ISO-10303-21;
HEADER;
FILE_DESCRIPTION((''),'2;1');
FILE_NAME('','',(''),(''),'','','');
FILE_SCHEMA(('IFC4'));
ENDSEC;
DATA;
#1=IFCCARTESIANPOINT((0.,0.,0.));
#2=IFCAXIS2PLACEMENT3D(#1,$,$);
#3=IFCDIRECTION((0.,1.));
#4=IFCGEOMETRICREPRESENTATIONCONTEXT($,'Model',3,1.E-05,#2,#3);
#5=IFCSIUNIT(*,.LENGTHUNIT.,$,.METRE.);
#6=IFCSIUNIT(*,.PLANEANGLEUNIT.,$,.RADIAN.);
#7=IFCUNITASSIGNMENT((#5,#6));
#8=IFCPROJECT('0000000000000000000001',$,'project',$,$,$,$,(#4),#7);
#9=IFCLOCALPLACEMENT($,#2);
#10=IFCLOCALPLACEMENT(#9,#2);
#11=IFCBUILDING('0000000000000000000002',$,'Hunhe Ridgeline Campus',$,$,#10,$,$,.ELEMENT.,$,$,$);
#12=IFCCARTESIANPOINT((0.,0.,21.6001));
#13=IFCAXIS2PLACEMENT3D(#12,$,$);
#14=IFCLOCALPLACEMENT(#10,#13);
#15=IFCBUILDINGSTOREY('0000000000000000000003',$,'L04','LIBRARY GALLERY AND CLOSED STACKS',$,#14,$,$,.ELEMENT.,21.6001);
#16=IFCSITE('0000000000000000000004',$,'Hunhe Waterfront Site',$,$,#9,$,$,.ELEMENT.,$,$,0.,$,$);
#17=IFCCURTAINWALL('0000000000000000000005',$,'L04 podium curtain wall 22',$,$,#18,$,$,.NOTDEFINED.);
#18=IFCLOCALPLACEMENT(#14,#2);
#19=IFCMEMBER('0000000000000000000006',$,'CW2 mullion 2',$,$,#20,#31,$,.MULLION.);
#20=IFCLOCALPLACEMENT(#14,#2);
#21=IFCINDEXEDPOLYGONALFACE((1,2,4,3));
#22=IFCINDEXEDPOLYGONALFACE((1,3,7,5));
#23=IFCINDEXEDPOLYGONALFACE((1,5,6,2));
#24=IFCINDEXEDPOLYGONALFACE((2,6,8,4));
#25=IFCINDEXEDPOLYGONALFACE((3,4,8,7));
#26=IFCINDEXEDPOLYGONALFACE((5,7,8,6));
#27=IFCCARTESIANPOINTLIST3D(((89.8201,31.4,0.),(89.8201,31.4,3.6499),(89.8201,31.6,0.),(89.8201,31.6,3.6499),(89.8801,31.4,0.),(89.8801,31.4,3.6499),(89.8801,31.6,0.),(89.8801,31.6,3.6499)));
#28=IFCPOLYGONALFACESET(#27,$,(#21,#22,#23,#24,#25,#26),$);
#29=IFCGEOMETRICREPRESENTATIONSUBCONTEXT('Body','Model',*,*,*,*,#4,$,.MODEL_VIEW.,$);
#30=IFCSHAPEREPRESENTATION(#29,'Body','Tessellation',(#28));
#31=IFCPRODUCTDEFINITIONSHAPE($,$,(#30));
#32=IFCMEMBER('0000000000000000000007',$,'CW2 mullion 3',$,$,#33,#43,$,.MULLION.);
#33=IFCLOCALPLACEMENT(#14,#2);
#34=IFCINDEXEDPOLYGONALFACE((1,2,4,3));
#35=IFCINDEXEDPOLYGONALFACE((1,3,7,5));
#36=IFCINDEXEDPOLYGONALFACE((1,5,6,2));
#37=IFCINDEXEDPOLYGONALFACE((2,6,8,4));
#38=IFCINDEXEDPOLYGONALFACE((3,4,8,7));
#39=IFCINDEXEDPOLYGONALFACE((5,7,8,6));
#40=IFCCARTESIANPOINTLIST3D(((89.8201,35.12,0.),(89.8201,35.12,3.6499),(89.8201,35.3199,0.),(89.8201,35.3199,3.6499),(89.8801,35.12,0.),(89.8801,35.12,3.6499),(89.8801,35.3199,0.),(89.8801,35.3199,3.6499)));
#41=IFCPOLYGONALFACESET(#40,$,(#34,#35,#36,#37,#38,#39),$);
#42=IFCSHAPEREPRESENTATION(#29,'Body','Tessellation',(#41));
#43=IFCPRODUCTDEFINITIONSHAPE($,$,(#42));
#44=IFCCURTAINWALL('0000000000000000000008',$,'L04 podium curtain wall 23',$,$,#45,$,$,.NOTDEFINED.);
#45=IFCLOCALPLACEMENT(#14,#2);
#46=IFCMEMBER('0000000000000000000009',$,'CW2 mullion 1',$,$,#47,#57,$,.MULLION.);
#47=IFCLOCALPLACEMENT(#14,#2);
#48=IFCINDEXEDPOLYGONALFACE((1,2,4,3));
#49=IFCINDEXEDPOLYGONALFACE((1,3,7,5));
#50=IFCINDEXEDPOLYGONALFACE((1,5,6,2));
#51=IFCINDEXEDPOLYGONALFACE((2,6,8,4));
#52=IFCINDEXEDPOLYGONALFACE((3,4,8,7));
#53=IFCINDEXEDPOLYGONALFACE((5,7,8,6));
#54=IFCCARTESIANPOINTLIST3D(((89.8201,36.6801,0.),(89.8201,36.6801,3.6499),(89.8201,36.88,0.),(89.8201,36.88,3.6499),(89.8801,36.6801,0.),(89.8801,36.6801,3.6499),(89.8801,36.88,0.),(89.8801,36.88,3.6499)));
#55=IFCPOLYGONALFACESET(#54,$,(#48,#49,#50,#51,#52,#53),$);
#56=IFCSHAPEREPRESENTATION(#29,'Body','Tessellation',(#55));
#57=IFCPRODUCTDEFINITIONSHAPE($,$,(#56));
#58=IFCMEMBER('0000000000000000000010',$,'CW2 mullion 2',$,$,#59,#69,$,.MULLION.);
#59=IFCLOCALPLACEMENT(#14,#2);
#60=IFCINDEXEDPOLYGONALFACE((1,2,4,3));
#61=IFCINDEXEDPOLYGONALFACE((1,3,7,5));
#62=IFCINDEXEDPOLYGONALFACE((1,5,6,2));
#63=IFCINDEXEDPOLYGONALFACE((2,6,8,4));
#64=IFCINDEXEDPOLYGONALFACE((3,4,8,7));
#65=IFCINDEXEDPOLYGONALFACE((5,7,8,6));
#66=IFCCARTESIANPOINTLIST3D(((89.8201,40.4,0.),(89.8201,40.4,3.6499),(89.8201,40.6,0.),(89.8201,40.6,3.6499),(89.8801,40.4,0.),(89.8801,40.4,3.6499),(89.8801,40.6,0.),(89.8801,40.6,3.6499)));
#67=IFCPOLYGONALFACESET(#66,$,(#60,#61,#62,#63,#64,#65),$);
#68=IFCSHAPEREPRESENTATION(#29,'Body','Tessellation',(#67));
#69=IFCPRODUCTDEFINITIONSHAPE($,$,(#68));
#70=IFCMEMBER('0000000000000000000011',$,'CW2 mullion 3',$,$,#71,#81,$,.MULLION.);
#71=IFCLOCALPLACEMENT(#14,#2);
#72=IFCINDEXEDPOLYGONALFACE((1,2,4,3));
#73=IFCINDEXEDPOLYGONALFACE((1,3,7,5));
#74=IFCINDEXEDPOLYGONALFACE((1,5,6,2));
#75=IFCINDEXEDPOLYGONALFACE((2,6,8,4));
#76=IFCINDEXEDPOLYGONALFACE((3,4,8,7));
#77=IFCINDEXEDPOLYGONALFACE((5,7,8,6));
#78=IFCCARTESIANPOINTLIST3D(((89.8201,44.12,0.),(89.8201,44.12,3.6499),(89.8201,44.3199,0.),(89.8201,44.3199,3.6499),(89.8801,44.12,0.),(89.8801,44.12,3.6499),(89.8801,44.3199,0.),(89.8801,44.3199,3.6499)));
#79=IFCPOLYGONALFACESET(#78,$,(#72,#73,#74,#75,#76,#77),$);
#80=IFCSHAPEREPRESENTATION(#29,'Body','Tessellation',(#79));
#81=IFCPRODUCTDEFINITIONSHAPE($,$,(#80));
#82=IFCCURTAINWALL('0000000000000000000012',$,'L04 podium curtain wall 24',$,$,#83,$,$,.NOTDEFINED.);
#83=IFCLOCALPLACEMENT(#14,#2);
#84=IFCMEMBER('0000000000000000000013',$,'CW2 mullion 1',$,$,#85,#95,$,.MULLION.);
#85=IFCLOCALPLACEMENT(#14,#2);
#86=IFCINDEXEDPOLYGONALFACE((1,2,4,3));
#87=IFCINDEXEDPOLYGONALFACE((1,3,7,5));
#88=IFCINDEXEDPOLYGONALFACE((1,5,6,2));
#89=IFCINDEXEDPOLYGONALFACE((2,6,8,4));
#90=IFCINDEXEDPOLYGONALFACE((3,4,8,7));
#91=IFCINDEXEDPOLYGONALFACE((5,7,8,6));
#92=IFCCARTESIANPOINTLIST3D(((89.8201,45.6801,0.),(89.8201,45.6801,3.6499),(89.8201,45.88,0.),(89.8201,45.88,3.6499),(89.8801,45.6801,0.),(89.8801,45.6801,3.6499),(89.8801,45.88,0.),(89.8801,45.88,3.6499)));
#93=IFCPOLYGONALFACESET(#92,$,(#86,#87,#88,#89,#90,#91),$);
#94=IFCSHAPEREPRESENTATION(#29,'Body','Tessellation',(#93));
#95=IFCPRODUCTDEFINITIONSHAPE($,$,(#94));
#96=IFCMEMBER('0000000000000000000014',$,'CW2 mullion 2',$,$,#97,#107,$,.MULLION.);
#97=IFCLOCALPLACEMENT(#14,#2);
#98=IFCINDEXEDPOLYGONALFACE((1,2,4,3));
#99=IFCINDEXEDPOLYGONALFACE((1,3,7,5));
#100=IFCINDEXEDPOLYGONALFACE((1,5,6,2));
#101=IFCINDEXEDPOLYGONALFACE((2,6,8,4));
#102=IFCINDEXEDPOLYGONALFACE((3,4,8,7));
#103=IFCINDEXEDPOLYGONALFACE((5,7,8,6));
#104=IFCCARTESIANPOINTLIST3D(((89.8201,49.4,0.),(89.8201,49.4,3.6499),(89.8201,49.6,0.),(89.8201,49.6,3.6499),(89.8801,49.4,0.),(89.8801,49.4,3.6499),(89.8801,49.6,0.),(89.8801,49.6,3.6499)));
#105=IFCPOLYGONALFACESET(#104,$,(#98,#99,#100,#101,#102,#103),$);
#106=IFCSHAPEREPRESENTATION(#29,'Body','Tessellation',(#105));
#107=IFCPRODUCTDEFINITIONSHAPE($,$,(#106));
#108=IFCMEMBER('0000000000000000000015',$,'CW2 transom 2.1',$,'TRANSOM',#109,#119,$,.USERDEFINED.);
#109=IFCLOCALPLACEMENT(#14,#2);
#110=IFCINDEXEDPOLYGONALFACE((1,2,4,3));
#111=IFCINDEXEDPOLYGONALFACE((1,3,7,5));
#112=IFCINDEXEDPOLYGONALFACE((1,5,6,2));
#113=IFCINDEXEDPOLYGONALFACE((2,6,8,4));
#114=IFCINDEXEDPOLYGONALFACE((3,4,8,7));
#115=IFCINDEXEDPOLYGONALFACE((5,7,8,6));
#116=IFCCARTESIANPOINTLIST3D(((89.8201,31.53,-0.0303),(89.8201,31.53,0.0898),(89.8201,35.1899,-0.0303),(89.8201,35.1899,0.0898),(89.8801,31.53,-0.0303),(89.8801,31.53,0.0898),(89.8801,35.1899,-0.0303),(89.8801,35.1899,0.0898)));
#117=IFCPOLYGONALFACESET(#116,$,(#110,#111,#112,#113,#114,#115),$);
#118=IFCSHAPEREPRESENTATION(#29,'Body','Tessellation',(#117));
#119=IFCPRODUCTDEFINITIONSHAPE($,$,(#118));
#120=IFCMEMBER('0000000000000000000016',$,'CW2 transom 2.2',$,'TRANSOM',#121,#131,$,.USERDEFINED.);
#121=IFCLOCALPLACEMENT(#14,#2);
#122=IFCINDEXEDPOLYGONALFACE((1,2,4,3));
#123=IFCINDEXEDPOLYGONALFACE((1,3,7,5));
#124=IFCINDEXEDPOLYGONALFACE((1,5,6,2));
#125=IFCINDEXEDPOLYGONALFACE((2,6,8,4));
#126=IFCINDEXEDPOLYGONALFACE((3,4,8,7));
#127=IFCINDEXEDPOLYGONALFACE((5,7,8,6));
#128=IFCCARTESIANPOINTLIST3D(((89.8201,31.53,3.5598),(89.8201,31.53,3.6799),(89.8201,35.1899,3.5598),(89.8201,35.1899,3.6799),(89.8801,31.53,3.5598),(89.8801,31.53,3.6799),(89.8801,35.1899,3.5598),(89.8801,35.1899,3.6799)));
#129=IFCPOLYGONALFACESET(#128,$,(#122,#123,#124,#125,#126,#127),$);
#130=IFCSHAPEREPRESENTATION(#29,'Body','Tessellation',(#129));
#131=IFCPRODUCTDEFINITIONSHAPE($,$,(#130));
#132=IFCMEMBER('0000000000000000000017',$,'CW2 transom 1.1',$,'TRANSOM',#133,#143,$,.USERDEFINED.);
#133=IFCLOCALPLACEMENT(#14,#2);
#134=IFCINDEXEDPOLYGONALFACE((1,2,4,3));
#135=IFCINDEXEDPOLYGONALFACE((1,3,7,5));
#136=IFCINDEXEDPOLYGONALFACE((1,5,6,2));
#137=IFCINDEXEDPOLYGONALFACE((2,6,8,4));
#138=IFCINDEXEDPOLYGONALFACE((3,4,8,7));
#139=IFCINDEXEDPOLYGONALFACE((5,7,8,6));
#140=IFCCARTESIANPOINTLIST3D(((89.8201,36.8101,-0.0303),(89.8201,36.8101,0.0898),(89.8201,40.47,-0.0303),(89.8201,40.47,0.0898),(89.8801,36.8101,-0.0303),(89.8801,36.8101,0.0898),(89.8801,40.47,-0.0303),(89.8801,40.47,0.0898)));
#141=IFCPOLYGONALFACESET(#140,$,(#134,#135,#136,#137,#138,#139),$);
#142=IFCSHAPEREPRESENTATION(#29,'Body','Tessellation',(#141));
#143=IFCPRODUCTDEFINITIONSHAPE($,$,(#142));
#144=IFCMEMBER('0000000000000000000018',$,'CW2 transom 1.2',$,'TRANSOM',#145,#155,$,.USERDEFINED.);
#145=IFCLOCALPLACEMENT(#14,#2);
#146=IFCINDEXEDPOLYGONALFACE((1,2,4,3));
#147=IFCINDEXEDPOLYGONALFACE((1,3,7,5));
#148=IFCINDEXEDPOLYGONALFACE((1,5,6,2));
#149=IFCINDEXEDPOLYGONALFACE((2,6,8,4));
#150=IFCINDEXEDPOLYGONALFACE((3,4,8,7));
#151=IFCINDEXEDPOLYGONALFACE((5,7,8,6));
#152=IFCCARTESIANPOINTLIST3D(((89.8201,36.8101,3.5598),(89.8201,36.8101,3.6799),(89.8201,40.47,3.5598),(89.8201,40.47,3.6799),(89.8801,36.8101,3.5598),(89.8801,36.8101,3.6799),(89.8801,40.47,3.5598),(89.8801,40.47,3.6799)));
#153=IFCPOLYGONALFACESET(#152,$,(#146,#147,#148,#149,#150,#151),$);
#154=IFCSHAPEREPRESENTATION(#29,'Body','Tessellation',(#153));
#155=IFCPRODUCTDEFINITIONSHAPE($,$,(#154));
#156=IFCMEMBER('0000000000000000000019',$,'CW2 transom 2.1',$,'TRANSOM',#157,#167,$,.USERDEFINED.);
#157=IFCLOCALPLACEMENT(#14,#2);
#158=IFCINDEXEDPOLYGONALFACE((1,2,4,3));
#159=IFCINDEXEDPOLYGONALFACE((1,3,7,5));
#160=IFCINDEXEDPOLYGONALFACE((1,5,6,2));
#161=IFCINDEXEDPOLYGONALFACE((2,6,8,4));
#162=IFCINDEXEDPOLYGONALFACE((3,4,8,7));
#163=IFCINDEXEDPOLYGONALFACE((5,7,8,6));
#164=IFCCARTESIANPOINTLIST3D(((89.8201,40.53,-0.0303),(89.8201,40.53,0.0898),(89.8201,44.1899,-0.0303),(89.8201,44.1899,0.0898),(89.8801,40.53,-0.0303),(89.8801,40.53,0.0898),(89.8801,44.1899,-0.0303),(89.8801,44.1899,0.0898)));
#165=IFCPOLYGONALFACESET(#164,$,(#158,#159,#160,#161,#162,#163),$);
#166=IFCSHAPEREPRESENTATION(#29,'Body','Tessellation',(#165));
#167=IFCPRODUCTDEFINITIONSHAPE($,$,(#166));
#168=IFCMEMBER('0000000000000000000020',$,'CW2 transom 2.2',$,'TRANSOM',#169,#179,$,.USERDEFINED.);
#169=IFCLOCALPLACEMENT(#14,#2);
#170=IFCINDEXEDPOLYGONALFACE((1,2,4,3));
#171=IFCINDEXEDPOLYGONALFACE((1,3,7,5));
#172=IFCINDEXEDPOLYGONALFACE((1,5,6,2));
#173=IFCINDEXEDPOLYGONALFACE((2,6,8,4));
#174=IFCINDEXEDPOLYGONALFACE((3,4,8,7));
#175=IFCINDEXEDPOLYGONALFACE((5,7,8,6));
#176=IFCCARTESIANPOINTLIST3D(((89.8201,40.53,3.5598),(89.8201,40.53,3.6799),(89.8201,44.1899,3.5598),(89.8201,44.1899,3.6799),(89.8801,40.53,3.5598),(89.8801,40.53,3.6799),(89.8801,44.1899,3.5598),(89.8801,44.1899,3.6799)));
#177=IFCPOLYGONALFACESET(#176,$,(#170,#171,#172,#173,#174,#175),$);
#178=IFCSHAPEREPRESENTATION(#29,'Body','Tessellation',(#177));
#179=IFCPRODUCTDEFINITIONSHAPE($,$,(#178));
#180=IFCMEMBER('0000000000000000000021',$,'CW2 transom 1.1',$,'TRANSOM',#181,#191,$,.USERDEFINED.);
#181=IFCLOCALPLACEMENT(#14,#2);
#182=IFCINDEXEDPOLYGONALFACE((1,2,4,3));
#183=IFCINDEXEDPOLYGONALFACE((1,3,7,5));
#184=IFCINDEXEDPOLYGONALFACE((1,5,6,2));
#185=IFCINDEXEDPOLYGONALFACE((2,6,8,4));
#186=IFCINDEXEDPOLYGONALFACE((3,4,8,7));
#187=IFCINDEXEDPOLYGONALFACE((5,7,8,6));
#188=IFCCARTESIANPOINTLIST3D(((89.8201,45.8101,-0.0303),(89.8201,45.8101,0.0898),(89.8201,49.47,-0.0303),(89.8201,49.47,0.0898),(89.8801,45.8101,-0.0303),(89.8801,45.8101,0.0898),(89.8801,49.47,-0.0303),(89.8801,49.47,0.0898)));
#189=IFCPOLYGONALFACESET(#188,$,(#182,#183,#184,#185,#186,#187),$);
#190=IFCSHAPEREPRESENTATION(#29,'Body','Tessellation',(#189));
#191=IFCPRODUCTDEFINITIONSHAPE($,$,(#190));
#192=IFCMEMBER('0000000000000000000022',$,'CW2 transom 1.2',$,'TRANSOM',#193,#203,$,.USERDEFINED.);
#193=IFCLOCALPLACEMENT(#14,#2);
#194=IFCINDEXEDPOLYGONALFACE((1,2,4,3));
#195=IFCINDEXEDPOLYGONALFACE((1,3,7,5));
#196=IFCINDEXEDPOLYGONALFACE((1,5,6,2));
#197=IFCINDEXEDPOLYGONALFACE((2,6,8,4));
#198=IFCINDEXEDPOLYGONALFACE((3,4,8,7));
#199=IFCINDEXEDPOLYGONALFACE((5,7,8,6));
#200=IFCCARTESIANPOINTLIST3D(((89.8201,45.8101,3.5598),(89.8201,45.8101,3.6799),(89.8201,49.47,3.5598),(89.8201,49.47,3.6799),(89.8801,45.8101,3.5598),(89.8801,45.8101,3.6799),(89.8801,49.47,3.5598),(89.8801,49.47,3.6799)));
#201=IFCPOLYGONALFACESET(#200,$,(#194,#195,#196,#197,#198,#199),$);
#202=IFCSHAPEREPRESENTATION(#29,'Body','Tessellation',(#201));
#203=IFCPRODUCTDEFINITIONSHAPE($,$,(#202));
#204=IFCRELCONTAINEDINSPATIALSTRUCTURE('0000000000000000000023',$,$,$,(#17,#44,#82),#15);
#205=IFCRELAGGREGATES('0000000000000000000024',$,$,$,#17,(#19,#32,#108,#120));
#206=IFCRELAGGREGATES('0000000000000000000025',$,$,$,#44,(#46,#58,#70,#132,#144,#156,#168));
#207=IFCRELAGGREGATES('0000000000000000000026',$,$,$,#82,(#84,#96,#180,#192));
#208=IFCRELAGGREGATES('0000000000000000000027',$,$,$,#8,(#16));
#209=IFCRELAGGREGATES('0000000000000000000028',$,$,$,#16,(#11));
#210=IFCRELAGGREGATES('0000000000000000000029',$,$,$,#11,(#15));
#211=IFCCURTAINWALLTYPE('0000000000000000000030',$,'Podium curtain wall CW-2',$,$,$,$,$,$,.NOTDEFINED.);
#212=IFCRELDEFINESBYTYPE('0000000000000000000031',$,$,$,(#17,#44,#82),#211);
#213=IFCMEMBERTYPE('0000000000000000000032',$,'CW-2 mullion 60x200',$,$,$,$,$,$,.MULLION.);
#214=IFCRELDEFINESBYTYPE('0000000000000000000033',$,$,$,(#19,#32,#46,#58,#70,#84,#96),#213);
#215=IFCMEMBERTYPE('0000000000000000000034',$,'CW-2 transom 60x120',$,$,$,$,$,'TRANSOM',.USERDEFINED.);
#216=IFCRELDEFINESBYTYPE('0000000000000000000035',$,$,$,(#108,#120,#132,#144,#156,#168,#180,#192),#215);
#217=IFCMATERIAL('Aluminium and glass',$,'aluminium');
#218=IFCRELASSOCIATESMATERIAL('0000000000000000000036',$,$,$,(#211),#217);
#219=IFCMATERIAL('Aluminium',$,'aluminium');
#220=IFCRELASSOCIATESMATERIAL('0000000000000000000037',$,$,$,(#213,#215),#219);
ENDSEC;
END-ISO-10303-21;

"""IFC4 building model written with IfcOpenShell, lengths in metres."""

from ifc_helpers import new_model, si_unit, direction, frame, origin, origin_2d, place, context, subcontext, project, spatial, rectangle, extrude, material, material_profile, profile_set, type_object, element, aggregate, save


model = new_model("IFC4")

# Units and contexts
model_context = context("Model", 3, precision=1e-05, world=origin(), true_north=direction((0.0, 1.0)))
body_context = subcontext(model_context, "Body", "Model", "MODEL_VIEW")
ifc_project = project(units=[si_unit("LENGTHUNIT", "METRE"), si_unit("PLANEANGLEUNIT", "RADIAN")], contexts=[model_context])

# Site, building, storey
site_placement = place(None, origin())
site = spatial("IfcSite", under=ifc_project, at=site_placement, Name="Hunhe Waterfront Site", CompositionType="ELEMENT", RefElevation=0.0)
building_placement = place(site_placement, origin())
building = spatial("IfcBuilding", under=site, at=building_placement, Name="Hunhe Ridgeline Campus", CompositionType="ELEMENT")
storey_placement = place(building_placement, frame((0.0, 0.0, 21.6001)))
storey = spatial("IfcBuildingStorey", under=building, at=storey_placement, Name="L04", Description="LIBRARY GALLERY AND CLOSED STACKS", CompositionType="ELEMENT", Elevation=21.6001)

# Curtain walls, members
ifc_material_1 = material(Name="Aluminium and glass", Category="aluminium")
curtain_wall_type = type_object("IfcCurtainWallType", Name="Podium curtain wall CW-2", PredefinedType="NOTDEFINED", material=ifc_material_1)
curtain_wall_1_placement = place(storey_placement, origin())
curtain_wall_1 = element("IfcCurtainWall", 1, at=curtain_wall_1_placement, inside=storey, type_object=curtain_wall_type, Name="L04 podium curtain wall 22", PredefinedType="NOTDEFINED")
ifc_material_2 = material(Name="Aluminium", Category="aluminium")
ifc_material_profile_1 = material_profile(ifc_material_2, rectangle(XDim=0.0601, YDim=0.2, at=origin_2d()))
ifc_profile_set_1 = profile_set([ifc_material_profile_1], Name="Aluminium")
member_type_1 = type_object("IfcMemberType", Name="CW-2 mullion 60x200", PredefinedType="MULLION", material=ifc_profile_set_1)
member_1_placement = place(storey_placement, frame((89.8501, 31.5, 0.0), z_axis=(0.0, 0.0, 1.0), x_axis=(-1.0, 0.0, 0.0)))
member_1 = element("IfcMember", 2, at=member_1_placement, type_object=member_type_1, Name="CW2 mullion 2", PredefinedType="MULLION", context=body_context, shape_type="SweptSolid", body=[
    extrude(rectangle(XDim=0.0601, YDim=0.2, at=origin_2d()), origin(), (0.0, 0.0, 1.0), 3.6499),
])
member_2_placement = place(storey_placement, frame((89.8501, 35.22, 0.0), z_axis=(0.0, 0.0, 1.0), x_axis=(-1.0, 0.0, 0.0)))
member_2 = element("IfcMember", 3, at=member_2_placement, type_object=member_type_1, Name="CW2 mullion 3", PredefinedType="MULLION", context=body_context, shape_type="SweptSolid", body=[
    extrude(rectangle(XDim=0.0601, YDim=0.2, at=origin_2d()), origin(), (0.0, 0.0, 1.0), 3.6499),
])
curtain_wall_2_placement = place(storey_placement, origin())
curtain_wall_2 = element("IfcCurtainWall", 4, at=curtain_wall_2_placement, inside=storey, type_object=curtain_wall_type, Name="L04 podium curtain wall 23", PredefinedType="NOTDEFINED")
member_3_placement = place(storey_placement, frame((89.8501, 36.78, 0.0), z_axis=(0.0, 0.0, 1.0), x_axis=(-1.0, 0.0, 0.0)))
member_3 = element("IfcMember", 5, at=member_3_placement, type_object=member_type_1, Name="CW2 mullion 1", PredefinedType="MULLION", context=body_context, shape_type="SweptSolid", body=[
    extrude(rectangle(XDim=0.0601, YDim=0.2, at=origin_2d()), origin(), (0.0, 0.0, 1.0), 3.6499),
])
member_4_placement = place(storey_placement, frame((89.8501, 40.5, 0.0), z_axis=(0.0, 0.0, 1.0), x_axis=(-1.0, 0.0, 0.0)))
member_4 = element("IfcMember", 6, at=member_4_placement, type_object=member_type_1, Name="CW2 mullion 2", PredefinedType="MULLION", context=body_context, shape_type="SweptSolid", body=[
    extrude(rectangle(XDim=0.0601, YDim=0.2, at=origin_2d()), origin(), (0.0, 0.0, 1.0), 3.6499),
])
member_5_placement = place(storey_placement, frame((89.8501, 44.22, 0.0), z_axis=(0.0, 0.0, 1.0), x_axis=(-1.0, 0.0, 0.0)))
member_5 = element("IfcMember", 7, at=member_5_placement, type_object=member_type_1, Name="CW2 mullion 3", PredefinedType="MULLION", context=body_context, shape_type="SweptSolid", body=[
    extrude(rectangle(XDim=0.0601, YDim=0.2, at=origin_2d()), origin(), (0.0, 0.0, 1.0), 3.6499),
])
curtain_wall_3_placement = place(storey_placement, origin())
curtain_wall_3 = element("IfcCurtainWall", 8, at=curtain_wall_3_placement, inside=storey, type_object=curtain_wall_type, Name="L04 podium curtain wall 24", PredefinedType="NOTDEFINED")
member_6_placement = place(storey_placement, frame((89.8501, 45.78, 0.0), z_axis=(0.0, 0.0, 1.0), x_axis=(-1.0, 0.0, 0.0)))
member_6 = element("IfcMember", 9, at=member_6_placement, type_object=member_type_1, Name="CW2 mullion 1", PredefinedType="MULLION", context=body_context, shape_type="SweptSolid", body=[
    extrude(rectangle(XDim=0.0601, YDim=0.2, at=origin_2d()), origin(), (0.0, 0.0, 1.0), 3.6499),
])
member_7_placement = place(storey_placement, frame((89.8501, 49.5, 0.0), z_axis=(0.0, 0.0, 1.0), x_axis=(-1.0, 0.0, 0.0)))
member_7 = element("IfcMember", 10, at=member_7_placement, type_object=member_type_1, Name="CW2 mullion 2", PredefinedType="MULLION", context=body_context, shape_type="SweptSolid", body=[
    extrude(rectangle(XDim=0.0601, YDim=0.2, at=origin_2d()), origin(), (0.0, 0.0, 1.0), 3.6499),
])

# Members
ifc_material_profile_2 = material_profile(ifc_material_2, rectangle(XDim=0.0601, YDim=0.1201, at=origin_2d()))
ifc_profile_set_2 = profile_set([ifc_material_profile_2], Name="Aluminium")
member_type_2 = type_object("IfcMemberType", Name="CW-2 transom 60x120", ElementType="TRANSOM", PredefinedType="USERDEFINED", material=ifc_profile_set_2)
member_8_placement = place(storey_placement, frame((89.8501, 31.53, 0.0298), z_axis=(0.0, 1.0, 0.0), x_axis=(-1.0, 0.0, 0.0)))
member_8 = element("IfcMember", 11, at=member_8_placement, type_object=member_type_2, Name="CW2 transom 2.1", ObjectType="TRANSOM", PredefinedType="USERDEFINED", context=body_context, shape_type="SweptSolid", body=[
    extrude(rectangle(XDim=0.0601, YDim=0.1201, at=origin_2d()), origin(), (0.0, 0.0, 1.0), 3.6599),
])
member_9_placement = place(storey_placement, frame((89.8501, 31.53, 3.6199), z_axis=(0.0, 1.0, 0.0), x_axis=(-1.0, 0.0, 0.0)))
member_9 = element("IfcMember", 12, at=member_9_placement, type_object=member_type_2, Name="CW2 transom 2.2", ObjectType="TRANSOM", PredefinedType="USERDEFINED", context=body_context, shape_type="SweptSolid", body=[
    extrude(rectangle(XDim=0.0601, YDim=0.1201, at=origin_2d()), origin(), (0.0, 0.0, 1.0), 3.6599),
])
member_10_placement = place(storey_placement, frame((89.8501, 36.8101, 0.0298), z_axis=(0.0, 1.0, 0.0), x_axis=(-1.0, 0.0, 0.0)))
member_10 = element("IfcMember", 13, at=member_10_placement, type_object=member_type_2, Name="CW2 transom 1.1", ObjectType="TRANSOM", PredefinedType="USERDEFINED", context=body_context, shape_type="SweptSolid", body=[
    extrude(rectangle(XDim=0.0601, YDim=0.1201, at=origin_2d()), origin(), (0.0, 0.0, 1.0), 3.6599),
])
member_11_placement = place(storey_placement, frame((89.8501, 36.8101, 3.6199), z_axis=(0.0, 1.0, 0.0), x_axis=(-1.0, 0.0, 0.0)))
member_11 = element("IfcMember", 14, at=member_11_placement, type_object=member_type_2, Name="CW2 transom 1.2", ObjectType="TRANSOM", PredefinedType="USERDEFINED", context=body_context, shape_type="SweptSolid", body=[
    extrude(rectangle(XDim=0.0601, YDim=0.1201, at=origin_2d()), origin(), (0.0, 0.0, 1.0), 3.6599),
])
member_12_placement = place(storey_placement, frame((89.8501, 40.53, 0.0298), z_axis=(0.0, 1.0, 0.0), x_axis=(-1.0, 0.0, 0.0)))
member_12 = element("IfcMember", 15, at=member_12_placement, type_object=member_type_2, Name="CW2 transom 2.1", ObjectType="TRANSOM", PredefinedType="USERDEFINED", context=body_context, shape_type="SweptSolid", body=[
    extrude(rectangle(XDim=0.0601, YDim=0.1201, at=origin_2d()), origin(), (0.0, 0.0, 1.0), 3.6599),
])
member_13_placement = place(storey_placement, frame((89.8501, 40.53, 3.6199), z_axis=(0.0, 1.0, 0.0), x_axis=(-1.0, 0.0, 0.0)))
member_13 = element("IfcMember", 16, at=member_13_placement, type_object=member_type_2, Name="CW2 transom 2.2", ObjectType="TRANSOM", PredefinedType="USERDEFINED", context=body_context, shape_type="SweptSolid", body=[
    extrude(rectangle(XDim=0.0601, YDim=0.1201, at=origin_2d()), origin(), (0.0, 0.0, 1.0), 3.6599),
])
member_14_placement = place(storey_placement, frame((89.8501, 45.8101, 0.0298), z_axis=(0.0, 1.0, 0.0), x_axis=(-1.0, 0.0, 0.0)))
member_14 = element("IfcMember", 17, at=member_14_placement, type_object=member_type_2, Name="CW2 transom 1.1", ObjectType="TRANSOM", PredefinedType="USERDEFINED", context=body_context, shape_type="SweptSolid", body=[
    extrude(rectangle(XDim=0.0601, YDim=0.1201, at=origin_2d()), origin(), (0.0, 0.0, 1.0), 3.6599),
])
member_15_placement = place(storey_placement, frame((89.8501, 45.8101, 3.6199), z_axis=(0.0, 1.0, 0.0), x_axis=(-1.0, 0.0, 0.0)))
member_15 = element("IfcMember", 18, at=member_15_placement, type_object=member_type_2, Name="CW2 transom 1.2", ObjectType="TRANSOM", PredefinedType="USERDEFINED", context=body_context, shape_type="SweptSolid", body=[
    extrude(rectangle(XDim=0.0601, YDim=0.1201, at=origin_2d()), origin(), (0.0, 0.0, 1.0), 3.6599),
])

aggregate(curtain_wall_1, [member_1, member_2, member_8, member_9])
aggregate(curtain_wall_2, [member_3, member_4, member_5, member_10, member_11, member_12, member_13])
aggregate(curtain_wall_3, [member_6, member_7, member_14, member_15])

save(model, "model.ifc")
